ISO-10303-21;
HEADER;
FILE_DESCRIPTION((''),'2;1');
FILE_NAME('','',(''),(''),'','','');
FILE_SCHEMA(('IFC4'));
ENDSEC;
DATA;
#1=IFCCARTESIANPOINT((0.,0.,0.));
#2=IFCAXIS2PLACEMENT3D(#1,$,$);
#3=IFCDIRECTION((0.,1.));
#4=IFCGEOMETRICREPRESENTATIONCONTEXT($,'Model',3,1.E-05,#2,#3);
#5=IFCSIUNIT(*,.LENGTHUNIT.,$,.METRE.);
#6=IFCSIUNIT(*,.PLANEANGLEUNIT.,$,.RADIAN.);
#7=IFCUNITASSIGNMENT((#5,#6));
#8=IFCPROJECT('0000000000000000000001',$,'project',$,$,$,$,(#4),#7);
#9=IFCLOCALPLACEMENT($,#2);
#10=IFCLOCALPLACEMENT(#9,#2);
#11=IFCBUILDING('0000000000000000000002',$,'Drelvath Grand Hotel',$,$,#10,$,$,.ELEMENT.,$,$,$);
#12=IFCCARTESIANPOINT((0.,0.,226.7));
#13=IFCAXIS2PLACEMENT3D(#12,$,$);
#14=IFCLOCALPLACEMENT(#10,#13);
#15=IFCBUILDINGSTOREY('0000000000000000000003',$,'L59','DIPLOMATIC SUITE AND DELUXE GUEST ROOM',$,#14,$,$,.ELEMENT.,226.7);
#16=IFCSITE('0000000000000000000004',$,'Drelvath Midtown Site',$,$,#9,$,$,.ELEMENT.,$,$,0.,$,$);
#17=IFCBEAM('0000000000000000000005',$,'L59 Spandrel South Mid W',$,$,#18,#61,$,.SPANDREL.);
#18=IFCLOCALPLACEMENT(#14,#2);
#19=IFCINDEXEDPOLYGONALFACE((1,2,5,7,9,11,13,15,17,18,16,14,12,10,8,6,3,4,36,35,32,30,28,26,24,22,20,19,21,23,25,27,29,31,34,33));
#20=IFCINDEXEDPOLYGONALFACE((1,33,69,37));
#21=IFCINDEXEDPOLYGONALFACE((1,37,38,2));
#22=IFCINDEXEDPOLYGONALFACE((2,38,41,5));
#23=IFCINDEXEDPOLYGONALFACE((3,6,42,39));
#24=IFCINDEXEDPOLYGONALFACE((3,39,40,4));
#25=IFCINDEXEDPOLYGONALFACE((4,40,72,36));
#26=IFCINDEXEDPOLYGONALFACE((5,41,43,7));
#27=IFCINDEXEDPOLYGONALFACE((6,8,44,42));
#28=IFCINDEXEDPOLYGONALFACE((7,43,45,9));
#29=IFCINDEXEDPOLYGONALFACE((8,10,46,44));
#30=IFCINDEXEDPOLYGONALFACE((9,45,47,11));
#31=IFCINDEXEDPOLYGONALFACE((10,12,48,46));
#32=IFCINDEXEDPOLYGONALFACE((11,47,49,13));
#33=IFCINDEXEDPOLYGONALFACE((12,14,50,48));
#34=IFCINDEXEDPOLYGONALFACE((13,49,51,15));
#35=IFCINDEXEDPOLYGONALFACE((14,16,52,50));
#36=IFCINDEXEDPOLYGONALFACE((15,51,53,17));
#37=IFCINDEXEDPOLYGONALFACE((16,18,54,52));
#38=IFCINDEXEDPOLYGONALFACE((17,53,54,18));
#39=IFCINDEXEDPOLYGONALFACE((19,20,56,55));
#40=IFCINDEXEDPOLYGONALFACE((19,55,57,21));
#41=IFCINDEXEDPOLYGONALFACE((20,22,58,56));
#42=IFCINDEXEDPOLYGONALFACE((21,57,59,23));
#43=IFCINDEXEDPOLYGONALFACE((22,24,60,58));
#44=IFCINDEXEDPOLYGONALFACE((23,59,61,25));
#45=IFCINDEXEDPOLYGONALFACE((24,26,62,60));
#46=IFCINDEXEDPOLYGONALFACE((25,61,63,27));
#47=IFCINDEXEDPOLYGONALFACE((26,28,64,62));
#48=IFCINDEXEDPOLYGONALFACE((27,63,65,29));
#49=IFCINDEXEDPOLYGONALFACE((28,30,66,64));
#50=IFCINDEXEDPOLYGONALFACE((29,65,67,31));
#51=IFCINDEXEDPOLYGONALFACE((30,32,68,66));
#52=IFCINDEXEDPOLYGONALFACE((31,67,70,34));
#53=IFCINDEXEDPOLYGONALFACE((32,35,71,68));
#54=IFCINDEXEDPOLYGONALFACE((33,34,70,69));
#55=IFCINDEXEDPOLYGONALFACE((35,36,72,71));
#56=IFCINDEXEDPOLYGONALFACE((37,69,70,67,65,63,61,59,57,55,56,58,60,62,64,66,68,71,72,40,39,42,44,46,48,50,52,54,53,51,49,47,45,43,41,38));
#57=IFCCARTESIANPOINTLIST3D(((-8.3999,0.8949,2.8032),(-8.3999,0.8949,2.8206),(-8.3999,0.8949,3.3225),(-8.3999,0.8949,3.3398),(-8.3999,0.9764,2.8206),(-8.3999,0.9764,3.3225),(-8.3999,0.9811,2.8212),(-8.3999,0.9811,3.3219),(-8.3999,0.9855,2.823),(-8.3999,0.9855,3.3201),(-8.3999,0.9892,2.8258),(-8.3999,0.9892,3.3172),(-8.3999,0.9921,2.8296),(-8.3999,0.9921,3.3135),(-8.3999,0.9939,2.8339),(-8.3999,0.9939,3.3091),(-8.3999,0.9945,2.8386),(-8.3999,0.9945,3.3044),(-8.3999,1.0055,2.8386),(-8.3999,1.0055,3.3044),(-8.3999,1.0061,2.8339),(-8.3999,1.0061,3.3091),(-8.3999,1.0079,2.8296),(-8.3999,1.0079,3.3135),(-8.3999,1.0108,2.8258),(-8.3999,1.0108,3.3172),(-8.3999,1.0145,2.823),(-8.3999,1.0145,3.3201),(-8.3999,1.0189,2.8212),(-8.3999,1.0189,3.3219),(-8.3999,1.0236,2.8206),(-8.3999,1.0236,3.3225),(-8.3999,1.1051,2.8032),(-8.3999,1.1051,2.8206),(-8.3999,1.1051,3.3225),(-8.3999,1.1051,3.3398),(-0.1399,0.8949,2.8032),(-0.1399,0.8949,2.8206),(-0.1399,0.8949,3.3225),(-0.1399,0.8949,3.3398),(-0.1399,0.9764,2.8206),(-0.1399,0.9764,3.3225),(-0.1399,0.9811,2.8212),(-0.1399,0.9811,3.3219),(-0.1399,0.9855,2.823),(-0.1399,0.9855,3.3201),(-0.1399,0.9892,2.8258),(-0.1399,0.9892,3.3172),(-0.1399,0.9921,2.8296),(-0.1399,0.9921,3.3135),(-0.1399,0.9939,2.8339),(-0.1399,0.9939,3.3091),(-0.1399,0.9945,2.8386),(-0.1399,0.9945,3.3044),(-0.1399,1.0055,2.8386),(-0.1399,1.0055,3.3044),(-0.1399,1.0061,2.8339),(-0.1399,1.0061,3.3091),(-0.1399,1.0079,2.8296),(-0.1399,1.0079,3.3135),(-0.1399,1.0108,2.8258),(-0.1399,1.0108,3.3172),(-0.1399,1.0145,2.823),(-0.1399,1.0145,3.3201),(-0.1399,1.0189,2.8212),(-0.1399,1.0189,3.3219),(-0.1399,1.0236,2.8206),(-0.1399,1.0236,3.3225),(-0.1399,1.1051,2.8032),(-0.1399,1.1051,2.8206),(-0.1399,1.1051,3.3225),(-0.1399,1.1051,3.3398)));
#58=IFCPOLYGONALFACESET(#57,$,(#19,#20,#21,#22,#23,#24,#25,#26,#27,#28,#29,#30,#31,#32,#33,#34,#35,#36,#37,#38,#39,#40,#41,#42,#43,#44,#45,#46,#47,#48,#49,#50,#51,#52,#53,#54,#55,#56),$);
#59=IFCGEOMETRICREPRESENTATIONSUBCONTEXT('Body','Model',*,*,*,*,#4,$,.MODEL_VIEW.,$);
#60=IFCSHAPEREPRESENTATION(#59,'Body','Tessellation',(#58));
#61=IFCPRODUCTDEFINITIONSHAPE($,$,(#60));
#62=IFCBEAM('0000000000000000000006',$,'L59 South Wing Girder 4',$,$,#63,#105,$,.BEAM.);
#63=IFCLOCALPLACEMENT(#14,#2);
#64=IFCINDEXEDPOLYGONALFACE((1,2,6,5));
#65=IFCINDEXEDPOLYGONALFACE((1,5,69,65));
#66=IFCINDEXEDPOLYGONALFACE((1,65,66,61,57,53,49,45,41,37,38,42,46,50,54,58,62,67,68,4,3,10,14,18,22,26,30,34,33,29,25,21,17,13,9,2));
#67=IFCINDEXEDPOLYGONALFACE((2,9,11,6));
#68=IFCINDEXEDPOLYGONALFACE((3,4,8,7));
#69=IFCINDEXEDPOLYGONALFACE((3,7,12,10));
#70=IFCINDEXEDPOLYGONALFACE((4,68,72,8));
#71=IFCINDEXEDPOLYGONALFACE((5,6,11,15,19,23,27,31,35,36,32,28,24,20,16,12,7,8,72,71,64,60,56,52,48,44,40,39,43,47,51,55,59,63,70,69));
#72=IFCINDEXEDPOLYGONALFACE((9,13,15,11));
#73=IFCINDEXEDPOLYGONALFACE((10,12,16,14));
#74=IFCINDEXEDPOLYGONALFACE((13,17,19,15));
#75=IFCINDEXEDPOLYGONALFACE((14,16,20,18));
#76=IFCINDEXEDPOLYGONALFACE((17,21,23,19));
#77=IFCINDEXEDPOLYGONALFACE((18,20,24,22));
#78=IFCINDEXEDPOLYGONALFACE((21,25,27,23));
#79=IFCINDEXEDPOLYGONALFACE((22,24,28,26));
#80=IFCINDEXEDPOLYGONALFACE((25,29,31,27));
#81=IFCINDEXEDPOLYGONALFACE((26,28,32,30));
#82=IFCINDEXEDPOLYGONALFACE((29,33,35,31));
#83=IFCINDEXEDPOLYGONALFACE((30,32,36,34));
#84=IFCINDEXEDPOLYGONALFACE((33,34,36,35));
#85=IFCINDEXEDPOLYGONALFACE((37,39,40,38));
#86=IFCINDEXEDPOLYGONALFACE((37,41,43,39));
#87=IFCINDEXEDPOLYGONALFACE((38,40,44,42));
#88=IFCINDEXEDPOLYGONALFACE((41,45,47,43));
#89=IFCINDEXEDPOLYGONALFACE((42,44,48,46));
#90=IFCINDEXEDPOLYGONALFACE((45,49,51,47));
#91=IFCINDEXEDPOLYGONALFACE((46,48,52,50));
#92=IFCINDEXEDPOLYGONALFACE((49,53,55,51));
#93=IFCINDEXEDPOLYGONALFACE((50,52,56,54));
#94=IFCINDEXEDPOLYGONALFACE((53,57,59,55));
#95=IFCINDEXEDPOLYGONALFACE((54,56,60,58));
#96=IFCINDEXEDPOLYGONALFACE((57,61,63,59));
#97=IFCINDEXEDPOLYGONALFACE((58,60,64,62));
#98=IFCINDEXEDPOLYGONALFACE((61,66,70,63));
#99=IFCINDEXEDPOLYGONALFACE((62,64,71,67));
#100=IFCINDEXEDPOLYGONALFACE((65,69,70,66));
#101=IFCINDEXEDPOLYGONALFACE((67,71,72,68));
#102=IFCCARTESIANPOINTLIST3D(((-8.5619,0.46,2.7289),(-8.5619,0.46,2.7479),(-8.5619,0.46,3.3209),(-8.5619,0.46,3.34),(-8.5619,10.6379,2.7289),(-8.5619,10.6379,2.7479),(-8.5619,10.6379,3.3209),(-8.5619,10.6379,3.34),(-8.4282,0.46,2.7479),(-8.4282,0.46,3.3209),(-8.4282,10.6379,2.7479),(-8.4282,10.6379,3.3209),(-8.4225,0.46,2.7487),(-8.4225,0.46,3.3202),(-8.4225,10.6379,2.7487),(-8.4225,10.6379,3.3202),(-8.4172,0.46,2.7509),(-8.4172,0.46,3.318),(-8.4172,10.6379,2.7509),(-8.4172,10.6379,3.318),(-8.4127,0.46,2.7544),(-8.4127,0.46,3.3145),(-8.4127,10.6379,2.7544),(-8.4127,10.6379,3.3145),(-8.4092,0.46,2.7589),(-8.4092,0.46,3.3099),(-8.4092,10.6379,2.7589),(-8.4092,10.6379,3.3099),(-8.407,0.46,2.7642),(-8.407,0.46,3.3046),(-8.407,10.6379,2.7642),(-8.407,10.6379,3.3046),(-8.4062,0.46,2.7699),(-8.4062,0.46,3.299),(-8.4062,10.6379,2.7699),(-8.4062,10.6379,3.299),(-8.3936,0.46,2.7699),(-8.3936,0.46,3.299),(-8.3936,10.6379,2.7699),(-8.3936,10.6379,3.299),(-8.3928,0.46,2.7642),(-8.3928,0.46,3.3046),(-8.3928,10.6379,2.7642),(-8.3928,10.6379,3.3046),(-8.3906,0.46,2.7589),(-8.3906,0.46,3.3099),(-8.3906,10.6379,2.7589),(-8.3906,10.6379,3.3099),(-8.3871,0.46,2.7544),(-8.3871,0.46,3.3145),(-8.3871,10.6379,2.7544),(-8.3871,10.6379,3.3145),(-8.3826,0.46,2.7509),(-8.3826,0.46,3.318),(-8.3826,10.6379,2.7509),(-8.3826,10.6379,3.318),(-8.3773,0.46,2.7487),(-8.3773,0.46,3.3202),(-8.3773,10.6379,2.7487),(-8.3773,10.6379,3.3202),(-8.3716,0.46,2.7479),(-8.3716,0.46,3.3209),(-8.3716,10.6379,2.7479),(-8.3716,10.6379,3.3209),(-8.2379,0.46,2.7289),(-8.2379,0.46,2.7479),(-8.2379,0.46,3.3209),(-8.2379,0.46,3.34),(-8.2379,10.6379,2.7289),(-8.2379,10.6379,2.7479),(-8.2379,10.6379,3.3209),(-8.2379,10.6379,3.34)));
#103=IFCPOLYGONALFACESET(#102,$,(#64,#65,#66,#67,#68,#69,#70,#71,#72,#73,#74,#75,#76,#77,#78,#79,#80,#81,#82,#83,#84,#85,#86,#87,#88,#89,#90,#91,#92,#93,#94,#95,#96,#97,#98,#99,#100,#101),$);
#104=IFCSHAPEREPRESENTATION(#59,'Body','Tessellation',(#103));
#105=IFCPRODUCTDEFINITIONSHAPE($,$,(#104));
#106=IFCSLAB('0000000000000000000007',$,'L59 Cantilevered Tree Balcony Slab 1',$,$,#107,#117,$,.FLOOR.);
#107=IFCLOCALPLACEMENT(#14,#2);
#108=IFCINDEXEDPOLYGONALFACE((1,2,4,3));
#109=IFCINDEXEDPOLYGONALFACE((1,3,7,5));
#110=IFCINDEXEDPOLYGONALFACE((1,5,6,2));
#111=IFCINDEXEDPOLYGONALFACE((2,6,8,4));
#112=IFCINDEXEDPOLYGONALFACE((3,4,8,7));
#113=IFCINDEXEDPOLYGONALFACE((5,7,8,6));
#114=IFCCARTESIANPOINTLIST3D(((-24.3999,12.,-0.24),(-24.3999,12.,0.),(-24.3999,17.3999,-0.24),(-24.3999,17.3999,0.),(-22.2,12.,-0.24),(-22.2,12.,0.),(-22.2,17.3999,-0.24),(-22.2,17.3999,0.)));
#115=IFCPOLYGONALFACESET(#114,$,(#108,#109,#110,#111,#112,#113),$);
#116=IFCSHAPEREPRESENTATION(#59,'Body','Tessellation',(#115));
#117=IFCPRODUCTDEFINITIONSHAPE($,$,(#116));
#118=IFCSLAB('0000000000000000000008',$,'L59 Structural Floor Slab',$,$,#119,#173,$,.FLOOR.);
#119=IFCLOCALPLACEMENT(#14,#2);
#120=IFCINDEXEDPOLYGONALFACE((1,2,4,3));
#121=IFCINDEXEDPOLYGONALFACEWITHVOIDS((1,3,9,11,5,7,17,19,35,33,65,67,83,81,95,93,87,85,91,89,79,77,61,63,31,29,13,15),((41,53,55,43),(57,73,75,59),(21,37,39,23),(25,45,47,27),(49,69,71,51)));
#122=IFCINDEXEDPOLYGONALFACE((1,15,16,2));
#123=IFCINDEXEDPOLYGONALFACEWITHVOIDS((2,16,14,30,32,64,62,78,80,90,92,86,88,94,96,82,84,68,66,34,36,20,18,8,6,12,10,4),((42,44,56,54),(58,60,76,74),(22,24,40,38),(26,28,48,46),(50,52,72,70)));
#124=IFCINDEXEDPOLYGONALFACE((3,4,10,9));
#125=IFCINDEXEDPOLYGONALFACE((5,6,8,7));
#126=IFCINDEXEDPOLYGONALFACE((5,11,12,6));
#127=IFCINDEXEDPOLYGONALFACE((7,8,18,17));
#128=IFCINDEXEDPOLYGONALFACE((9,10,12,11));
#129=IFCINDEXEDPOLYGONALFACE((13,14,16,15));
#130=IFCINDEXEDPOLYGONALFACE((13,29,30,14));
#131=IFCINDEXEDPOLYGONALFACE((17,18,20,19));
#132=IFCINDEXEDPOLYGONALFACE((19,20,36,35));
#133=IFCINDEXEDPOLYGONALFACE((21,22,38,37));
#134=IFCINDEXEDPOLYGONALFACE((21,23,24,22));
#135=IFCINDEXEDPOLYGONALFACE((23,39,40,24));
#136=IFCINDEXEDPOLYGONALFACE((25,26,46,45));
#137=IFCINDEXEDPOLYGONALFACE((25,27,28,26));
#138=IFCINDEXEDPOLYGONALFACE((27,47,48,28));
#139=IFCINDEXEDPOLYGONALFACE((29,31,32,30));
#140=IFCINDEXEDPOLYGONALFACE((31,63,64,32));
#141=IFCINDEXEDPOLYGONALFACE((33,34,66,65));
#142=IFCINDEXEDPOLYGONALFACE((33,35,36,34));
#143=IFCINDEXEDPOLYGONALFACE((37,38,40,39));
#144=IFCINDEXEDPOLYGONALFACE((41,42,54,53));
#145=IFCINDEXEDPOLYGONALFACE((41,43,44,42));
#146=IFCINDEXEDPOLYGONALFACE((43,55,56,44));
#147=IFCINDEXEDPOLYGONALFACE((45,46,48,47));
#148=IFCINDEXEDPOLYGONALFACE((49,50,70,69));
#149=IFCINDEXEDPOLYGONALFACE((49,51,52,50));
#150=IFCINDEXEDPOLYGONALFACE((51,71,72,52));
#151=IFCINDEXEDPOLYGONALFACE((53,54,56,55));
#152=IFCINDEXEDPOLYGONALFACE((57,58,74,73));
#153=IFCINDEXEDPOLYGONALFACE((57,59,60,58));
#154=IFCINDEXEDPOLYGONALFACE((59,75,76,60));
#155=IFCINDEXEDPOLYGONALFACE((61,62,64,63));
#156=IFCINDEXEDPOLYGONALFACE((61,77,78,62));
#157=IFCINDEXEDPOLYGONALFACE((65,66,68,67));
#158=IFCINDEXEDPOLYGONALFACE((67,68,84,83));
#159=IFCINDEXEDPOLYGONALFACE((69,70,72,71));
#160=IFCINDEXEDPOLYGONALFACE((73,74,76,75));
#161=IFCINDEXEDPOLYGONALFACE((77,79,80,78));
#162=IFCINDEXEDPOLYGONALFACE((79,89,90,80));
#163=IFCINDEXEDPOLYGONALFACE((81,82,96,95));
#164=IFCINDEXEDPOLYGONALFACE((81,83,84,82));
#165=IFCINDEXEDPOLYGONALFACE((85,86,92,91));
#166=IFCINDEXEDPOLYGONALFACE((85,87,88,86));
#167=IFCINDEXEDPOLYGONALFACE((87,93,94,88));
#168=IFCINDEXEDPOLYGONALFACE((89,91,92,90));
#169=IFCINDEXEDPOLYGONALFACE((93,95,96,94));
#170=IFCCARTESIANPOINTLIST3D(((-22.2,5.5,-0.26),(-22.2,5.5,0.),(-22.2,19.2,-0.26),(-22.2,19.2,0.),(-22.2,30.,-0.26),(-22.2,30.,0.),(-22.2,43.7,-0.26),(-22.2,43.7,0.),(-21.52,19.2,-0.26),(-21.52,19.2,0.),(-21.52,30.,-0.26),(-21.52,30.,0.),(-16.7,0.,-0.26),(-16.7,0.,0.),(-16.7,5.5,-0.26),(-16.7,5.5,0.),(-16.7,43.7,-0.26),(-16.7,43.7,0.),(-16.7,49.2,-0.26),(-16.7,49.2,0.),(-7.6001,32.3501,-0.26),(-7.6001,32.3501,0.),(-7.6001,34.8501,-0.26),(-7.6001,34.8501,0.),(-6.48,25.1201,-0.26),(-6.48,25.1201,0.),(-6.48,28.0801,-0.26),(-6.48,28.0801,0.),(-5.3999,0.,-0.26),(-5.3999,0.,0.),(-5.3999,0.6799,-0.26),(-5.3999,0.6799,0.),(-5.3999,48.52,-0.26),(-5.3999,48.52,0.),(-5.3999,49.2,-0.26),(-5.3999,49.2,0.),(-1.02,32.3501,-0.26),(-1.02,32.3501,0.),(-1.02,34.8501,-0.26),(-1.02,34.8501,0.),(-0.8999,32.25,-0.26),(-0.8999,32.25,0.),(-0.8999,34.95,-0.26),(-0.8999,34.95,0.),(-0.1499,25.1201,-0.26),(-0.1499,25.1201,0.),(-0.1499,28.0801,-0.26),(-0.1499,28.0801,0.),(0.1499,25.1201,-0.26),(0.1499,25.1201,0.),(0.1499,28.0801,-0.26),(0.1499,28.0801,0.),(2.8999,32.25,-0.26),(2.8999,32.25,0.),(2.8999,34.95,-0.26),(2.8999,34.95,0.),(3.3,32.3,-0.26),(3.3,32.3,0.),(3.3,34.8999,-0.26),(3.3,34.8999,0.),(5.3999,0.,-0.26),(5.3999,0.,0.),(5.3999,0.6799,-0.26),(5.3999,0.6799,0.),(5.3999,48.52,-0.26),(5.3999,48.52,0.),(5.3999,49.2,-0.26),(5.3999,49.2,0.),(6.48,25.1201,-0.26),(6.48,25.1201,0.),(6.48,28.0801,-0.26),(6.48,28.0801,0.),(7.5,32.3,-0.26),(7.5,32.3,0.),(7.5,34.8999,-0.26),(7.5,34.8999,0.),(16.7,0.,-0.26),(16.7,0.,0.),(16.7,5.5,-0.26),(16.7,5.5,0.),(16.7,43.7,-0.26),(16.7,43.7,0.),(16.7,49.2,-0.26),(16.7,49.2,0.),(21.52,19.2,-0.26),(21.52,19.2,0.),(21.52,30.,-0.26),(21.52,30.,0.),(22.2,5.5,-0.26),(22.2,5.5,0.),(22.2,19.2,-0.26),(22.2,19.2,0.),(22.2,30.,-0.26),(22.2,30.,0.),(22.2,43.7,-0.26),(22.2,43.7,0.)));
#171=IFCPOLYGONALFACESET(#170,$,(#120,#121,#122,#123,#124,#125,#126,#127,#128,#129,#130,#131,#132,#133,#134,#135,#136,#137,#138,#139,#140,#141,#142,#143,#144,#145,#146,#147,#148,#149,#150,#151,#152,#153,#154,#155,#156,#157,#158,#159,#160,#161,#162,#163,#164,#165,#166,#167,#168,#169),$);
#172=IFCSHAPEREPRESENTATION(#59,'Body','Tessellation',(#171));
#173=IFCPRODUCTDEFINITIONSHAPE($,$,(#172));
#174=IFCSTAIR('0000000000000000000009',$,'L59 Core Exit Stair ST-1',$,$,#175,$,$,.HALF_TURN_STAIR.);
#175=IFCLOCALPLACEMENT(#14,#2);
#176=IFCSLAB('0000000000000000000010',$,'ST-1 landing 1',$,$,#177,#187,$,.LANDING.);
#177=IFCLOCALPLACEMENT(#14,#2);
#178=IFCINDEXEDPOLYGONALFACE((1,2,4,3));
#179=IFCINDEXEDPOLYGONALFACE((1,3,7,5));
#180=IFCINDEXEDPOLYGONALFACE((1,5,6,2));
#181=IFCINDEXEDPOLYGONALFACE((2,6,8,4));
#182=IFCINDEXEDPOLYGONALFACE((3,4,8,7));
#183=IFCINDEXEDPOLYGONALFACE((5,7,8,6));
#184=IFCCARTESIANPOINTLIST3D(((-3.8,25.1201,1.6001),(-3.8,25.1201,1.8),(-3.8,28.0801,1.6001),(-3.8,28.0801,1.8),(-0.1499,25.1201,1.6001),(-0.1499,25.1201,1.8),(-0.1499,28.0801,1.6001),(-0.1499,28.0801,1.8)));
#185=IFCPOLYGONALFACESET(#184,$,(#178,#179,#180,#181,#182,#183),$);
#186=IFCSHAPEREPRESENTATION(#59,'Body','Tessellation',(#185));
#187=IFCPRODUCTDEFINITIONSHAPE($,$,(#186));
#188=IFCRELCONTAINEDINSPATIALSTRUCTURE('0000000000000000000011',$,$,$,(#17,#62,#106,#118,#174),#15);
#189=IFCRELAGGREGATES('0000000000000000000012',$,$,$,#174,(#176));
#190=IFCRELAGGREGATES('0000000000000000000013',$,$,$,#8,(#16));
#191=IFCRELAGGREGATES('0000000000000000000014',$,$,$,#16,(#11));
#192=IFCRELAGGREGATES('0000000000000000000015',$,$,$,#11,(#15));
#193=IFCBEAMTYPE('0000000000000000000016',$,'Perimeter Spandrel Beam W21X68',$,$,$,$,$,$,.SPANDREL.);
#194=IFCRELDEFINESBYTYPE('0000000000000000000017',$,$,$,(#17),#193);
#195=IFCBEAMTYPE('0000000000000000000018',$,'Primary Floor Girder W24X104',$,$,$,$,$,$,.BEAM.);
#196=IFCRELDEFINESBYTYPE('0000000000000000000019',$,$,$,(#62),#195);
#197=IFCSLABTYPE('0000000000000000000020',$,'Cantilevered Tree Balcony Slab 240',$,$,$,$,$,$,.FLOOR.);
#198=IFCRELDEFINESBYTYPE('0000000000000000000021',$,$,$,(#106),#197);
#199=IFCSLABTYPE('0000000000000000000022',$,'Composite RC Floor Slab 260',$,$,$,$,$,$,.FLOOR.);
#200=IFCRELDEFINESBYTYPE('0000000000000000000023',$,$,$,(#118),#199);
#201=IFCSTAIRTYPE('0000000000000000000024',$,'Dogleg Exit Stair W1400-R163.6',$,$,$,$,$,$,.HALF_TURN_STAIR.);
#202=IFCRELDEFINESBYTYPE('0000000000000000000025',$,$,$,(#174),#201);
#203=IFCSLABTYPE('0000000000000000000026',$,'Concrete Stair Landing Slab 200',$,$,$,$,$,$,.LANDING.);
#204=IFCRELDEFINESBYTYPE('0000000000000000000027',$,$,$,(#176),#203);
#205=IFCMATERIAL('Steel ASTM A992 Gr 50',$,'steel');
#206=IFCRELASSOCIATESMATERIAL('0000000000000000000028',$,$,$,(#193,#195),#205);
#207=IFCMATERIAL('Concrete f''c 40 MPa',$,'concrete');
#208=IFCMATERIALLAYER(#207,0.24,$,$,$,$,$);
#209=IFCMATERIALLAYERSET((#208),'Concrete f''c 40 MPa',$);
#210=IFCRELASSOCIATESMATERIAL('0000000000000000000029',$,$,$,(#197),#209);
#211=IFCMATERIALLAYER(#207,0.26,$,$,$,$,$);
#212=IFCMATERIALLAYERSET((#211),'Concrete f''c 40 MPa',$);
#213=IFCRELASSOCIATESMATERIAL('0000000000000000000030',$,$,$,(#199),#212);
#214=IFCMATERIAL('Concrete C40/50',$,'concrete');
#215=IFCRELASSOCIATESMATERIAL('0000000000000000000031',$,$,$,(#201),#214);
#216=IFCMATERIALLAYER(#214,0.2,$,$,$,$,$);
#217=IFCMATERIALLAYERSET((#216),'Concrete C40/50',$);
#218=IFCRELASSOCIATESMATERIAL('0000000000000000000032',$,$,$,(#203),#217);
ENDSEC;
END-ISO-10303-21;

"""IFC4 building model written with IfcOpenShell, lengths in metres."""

from ifc_helpers import new_model, si_unit, direction, frame, origin, origin_2d, place, context, subcontext, project, spatial, polyline, i_section, outline, extrude, material, layer, layer_set, material_profile, profile_set, type_object, element, aggregate, save


model = new_model("IFC4")

# Units and contexts
model_context = context("Model", 3, precision=1e-05, world=origin(), true_north=direction((0.0, 1.0)))
body_context = subcontext(model_context, "Body", "Model", "MODEL_VIEW")
ifc_project = project(units=[si_unit("LENGTHUNIT", "METRE"), si_unit("PLANEANGLEUNIT", "RADIAN")], contexts=[model_context])

# Site, building, storey
site_placement = place(None, origin())
site = spatial("IfcSite", under=ifc_project, at=site_placement, Name="Drelvath Midtown Site", CompositionType="ELEMENT", RefElevation=0.0)
building_placement = place(site_placement, origin())
building = spatial("IfcBuilding", under=site, at=building_placement, Name="Drelvath Grand Hotel", CompositionType="ELEMENT")
storey_placement = place(building_placement, frame((0.0, 0.0, 226.7)))
storey = spatial("IfcBuildingStorey", under=building, at=storey_placement, Name="L59", Description="DIPLOMATIC SUITE AND DELUXE GUEST ROOM", CompositionType="ELEMENT", Elevation=226.7)

# Beams
ifc_material_1 = material(Name="Steel ASTM A992 Gr 50", Category="steel")
ifc_material_profile_1 = material_profile(ifc_material_1, i_section(OverallWidth=0.2102, OverallDepth=0.5366, WebThickness=0.011, FlangeThickness=0.0173, FilletRadius=0.0181, at=origin_2d()), Name="W21X68")
ifc_profile_set_1 = profile_set([ifc_material_profile_1], Name="Steel ASTM A992 Gr 50")
beam_type_1 = type_object("IfcBeamType", Name="Perimeter Spandrel Beam W21X68", PredefinedType="SPANDREL", material=ifc_profile_set_1)
beam_1_placement = place(storey_placement, frame((-8.3999, 1.0, 3.0715), z_axis=(1.0, 0.0, 0.0), x_axis=(0.0, 1.0, 0.0)))
element("IfcBeam", 1, at=beam_1_placement, inside=storey, type_object=beam_type_1, Name="L59 Spandrel South Mid W", PredefinedType="SPANDREL", context=body_context, shape_type="SweptSolid", body=[
    extrude(i_section(OverallWidth=0.2102, OverallDepth=0.5366, WebThickness=0.011, FlangeThickness=0.0173, FilletRadius=0.0181, at=origin_2d()), origin(), (0.0, 0.0, 1.0), 8.26),
])
ifc_material_profile_2 = material_profile(ifc_material_1, i_section(OverallWidth=0.324, OverallDepth=0.6111, WebThickness=0.0127, FlangeThickness=0.019, FilletRadius=0.022, at=origin_2d()), Name="W24X104")
ifc_profile_set_2 = profile_set([ifc_material_profile_2], Name="Steel ASTM A992 Gr 50")
beam_type_2 = type_object("IfcBeamType", Name="Primary Floor Girder W24X104", PredefinedType="BEAM", material=ifc_profile_set_2)
beam_2_placement = place(storey_placement, frame((-8.3999, 0.46, 3.0344), z_axis=(0.0, 1.0, 0.0), x_axis=(-1.0, 0.0, 0.0)))
element("IfcBeam", 2, at=beam_2_placement, inside=storey, type_object=beam_type_2, Name="L59 South Wing Girder 4", PredefinedType="BEAM", context=body_context, shape_type="SweptSolid", body=[
    extrude(i_section(OverallWidth=0.324, OverallDepth=0.6111, WebThickness=0.0127, FlangeThickness=0.019, FilletRadius=0.022, at=origin_2d()), origin(), (0.0, 0.0, 1.0), 10.178),
])

# Slabs
ifc_material_2 = material(Name="Concrete f'c 40 MPa", Category="concrete")
ifc_layer_1 = layer(ifc_material_2, 0.24)
ifc_layer_set_1 = layer_set([ifc_layer_1], Name="Concrete f'c 40 MPa")
slab_type_1 = type_object("IfcSlabType", Name="Cantilevered Tree Balcony Slab 240", PredefinedType="FLOOR", material=ifc_layer_set_1)
slab_1_placement = place(storey_placement, frame((0.0, 0.0, -0.24)))
element("IfcSlab", 3, at=slab_1_placement, inside=storey, type_object=slab_type_1, Name="L59 Cantilevered Tree Balcony Slab 1", PredefinedType="FLOOR", context=body_context, shape_type="SweptSolid", body=[
    extrude(outline(polyline([(-24.3999, 12.0), (-22.2, 12.0), (-22.2, 17.3999), (-24.3999, 17.3999), (-24.3999, 12.0)])), origin(), (0.0, 0.0, 1.0), 0.24),
])
ifc_layer_2 = layer(ifc_material_2, 0.26)
ifc_layer_set_2 = layer_set([ifc_layer_2], Name="Concrete f'c 40 MPa")
slab_type_2 = type_object("IfcSlabType", Name="Composite RC Floor Slab 260", PredefinedType="FLOOR", material=ifc_layer_set_2)
slab_2_placement = place(storey_placement, frame((0.0, 0.0, -0.26)))
element("IfcSlab", 4, at=slab_2_placement, inside=storey, type_object=slab_type_2, Name="L59 Structural Floor Slab", PredefinedType="FLOOR", context=body_context, shape_type="SweptSolid", body=[
    extrude(outline(polyline([(-16.7, 0.0), (-5.3999, 0.0), (-5.3999, 0.6799), (5.3999, 0.6799), (5.3999, 0.0), (16.7, 0.0), (16.7, 5.5), (22.2, 5.5), (22.2, 19.2), (21.52, 19.2), (21.52, 30.0), (22.2, 30.0), (22.2, 43.7), (16.7, 43.7), (16.7, 49.2), (5.3999, 49.2), (5.3999, 48.52), (-5.3999, 48.52), (-5.3999, 49.2), (-16.7, 49.2), (-16.7, 43.7), (-22.2, 43.7), (-22.2, 30.0), (-21.52, 30.0), (-21.52, 19.2), (-22.2, 19.2), (-22.2, 5.5), (-16.7, 5.5), (-16.7, 0.0)]), holes=[polyline([(-6.48, 25.1201), (-6.48, 28.0801), (-0.1499, 28.0801), (-0.1499, 25.1201), (-6.48, 25.1201)]), polyline([(0.1499, 25.1201), (0.1499, 28.0801), (6.48, 28.0801), (6.48, 25.1201), (0.1499, 25.1201)]), polyline([(-7.6001, 32.3501), (-7.6001, 34.8501), (-1.02, 34.8501), (-1.02, 32.3501), (-7.6001, 32.3501)]), polyline([(-0.8999, 32.25), (-0.8999, 34.95), (2.8999, 34.95), (2.8999, 32.25), (-0.8999, 32.25)]), polyline([(3.3, 32.3), (3.3, 34.8999), (7.5, 34.8999), (7.5, 32.3), (3.3, 32.3)])]), origin(), (0.0, 0.0, 1.0), 0.26),
])

# Stair, slab
ifc_material_3 = material(Name="Concrete C40/50", Category="concrete")
stair_type = type_object("IfcStairType", Name="Dogleg Exit Stair W1400-R163.6", PredefinedType="HALF_TURN_STAIR", material=ifc_material_3)
stair_1_placement = place(storey_placement, origin())
stair_1 = element("IfcStair", 5, at=stair_1_placement, inside=storey, type_object=stair_type, Name="L59 Core Exit Stair ST-1", PredefinedType="HALF_TURN_STAIR")
ifc_layer_3 = layer(ifc_material_3, 0.2)
ifc_layer_set_3 = layer_set([ifc_layer_3], Name="Concrete C40/50")
slab_type_3 = type_object("IfcSlabType", Name="Concrete Stair Landing Slab 200", PredefinedType="LANDING", material=ifc_layer_set_3)
slab_3_placement = place(storey_placement, frame((0.0, 0.0, 1.6001)))
slab_3 = element("IfcSlab", 6, at=slab_3_placement, type_object=slab_type_3, Name="ST-1 landing 1", PredefinedType="LANDING", context=body_context, shape_type="SweptSolid", body=[
    extrude(outline(polyline([(-3.8, 25.1201), (-0.1499, 25.1201), (-0.1499, 28.0801), (-3.8, 28.0801), (-3.8, 25.1201)])), origin(), (0.0, 0.0, 1.0), 0.2),
])
aggregate(stair_1, [slab_3])

save(model, "model.ifc")
